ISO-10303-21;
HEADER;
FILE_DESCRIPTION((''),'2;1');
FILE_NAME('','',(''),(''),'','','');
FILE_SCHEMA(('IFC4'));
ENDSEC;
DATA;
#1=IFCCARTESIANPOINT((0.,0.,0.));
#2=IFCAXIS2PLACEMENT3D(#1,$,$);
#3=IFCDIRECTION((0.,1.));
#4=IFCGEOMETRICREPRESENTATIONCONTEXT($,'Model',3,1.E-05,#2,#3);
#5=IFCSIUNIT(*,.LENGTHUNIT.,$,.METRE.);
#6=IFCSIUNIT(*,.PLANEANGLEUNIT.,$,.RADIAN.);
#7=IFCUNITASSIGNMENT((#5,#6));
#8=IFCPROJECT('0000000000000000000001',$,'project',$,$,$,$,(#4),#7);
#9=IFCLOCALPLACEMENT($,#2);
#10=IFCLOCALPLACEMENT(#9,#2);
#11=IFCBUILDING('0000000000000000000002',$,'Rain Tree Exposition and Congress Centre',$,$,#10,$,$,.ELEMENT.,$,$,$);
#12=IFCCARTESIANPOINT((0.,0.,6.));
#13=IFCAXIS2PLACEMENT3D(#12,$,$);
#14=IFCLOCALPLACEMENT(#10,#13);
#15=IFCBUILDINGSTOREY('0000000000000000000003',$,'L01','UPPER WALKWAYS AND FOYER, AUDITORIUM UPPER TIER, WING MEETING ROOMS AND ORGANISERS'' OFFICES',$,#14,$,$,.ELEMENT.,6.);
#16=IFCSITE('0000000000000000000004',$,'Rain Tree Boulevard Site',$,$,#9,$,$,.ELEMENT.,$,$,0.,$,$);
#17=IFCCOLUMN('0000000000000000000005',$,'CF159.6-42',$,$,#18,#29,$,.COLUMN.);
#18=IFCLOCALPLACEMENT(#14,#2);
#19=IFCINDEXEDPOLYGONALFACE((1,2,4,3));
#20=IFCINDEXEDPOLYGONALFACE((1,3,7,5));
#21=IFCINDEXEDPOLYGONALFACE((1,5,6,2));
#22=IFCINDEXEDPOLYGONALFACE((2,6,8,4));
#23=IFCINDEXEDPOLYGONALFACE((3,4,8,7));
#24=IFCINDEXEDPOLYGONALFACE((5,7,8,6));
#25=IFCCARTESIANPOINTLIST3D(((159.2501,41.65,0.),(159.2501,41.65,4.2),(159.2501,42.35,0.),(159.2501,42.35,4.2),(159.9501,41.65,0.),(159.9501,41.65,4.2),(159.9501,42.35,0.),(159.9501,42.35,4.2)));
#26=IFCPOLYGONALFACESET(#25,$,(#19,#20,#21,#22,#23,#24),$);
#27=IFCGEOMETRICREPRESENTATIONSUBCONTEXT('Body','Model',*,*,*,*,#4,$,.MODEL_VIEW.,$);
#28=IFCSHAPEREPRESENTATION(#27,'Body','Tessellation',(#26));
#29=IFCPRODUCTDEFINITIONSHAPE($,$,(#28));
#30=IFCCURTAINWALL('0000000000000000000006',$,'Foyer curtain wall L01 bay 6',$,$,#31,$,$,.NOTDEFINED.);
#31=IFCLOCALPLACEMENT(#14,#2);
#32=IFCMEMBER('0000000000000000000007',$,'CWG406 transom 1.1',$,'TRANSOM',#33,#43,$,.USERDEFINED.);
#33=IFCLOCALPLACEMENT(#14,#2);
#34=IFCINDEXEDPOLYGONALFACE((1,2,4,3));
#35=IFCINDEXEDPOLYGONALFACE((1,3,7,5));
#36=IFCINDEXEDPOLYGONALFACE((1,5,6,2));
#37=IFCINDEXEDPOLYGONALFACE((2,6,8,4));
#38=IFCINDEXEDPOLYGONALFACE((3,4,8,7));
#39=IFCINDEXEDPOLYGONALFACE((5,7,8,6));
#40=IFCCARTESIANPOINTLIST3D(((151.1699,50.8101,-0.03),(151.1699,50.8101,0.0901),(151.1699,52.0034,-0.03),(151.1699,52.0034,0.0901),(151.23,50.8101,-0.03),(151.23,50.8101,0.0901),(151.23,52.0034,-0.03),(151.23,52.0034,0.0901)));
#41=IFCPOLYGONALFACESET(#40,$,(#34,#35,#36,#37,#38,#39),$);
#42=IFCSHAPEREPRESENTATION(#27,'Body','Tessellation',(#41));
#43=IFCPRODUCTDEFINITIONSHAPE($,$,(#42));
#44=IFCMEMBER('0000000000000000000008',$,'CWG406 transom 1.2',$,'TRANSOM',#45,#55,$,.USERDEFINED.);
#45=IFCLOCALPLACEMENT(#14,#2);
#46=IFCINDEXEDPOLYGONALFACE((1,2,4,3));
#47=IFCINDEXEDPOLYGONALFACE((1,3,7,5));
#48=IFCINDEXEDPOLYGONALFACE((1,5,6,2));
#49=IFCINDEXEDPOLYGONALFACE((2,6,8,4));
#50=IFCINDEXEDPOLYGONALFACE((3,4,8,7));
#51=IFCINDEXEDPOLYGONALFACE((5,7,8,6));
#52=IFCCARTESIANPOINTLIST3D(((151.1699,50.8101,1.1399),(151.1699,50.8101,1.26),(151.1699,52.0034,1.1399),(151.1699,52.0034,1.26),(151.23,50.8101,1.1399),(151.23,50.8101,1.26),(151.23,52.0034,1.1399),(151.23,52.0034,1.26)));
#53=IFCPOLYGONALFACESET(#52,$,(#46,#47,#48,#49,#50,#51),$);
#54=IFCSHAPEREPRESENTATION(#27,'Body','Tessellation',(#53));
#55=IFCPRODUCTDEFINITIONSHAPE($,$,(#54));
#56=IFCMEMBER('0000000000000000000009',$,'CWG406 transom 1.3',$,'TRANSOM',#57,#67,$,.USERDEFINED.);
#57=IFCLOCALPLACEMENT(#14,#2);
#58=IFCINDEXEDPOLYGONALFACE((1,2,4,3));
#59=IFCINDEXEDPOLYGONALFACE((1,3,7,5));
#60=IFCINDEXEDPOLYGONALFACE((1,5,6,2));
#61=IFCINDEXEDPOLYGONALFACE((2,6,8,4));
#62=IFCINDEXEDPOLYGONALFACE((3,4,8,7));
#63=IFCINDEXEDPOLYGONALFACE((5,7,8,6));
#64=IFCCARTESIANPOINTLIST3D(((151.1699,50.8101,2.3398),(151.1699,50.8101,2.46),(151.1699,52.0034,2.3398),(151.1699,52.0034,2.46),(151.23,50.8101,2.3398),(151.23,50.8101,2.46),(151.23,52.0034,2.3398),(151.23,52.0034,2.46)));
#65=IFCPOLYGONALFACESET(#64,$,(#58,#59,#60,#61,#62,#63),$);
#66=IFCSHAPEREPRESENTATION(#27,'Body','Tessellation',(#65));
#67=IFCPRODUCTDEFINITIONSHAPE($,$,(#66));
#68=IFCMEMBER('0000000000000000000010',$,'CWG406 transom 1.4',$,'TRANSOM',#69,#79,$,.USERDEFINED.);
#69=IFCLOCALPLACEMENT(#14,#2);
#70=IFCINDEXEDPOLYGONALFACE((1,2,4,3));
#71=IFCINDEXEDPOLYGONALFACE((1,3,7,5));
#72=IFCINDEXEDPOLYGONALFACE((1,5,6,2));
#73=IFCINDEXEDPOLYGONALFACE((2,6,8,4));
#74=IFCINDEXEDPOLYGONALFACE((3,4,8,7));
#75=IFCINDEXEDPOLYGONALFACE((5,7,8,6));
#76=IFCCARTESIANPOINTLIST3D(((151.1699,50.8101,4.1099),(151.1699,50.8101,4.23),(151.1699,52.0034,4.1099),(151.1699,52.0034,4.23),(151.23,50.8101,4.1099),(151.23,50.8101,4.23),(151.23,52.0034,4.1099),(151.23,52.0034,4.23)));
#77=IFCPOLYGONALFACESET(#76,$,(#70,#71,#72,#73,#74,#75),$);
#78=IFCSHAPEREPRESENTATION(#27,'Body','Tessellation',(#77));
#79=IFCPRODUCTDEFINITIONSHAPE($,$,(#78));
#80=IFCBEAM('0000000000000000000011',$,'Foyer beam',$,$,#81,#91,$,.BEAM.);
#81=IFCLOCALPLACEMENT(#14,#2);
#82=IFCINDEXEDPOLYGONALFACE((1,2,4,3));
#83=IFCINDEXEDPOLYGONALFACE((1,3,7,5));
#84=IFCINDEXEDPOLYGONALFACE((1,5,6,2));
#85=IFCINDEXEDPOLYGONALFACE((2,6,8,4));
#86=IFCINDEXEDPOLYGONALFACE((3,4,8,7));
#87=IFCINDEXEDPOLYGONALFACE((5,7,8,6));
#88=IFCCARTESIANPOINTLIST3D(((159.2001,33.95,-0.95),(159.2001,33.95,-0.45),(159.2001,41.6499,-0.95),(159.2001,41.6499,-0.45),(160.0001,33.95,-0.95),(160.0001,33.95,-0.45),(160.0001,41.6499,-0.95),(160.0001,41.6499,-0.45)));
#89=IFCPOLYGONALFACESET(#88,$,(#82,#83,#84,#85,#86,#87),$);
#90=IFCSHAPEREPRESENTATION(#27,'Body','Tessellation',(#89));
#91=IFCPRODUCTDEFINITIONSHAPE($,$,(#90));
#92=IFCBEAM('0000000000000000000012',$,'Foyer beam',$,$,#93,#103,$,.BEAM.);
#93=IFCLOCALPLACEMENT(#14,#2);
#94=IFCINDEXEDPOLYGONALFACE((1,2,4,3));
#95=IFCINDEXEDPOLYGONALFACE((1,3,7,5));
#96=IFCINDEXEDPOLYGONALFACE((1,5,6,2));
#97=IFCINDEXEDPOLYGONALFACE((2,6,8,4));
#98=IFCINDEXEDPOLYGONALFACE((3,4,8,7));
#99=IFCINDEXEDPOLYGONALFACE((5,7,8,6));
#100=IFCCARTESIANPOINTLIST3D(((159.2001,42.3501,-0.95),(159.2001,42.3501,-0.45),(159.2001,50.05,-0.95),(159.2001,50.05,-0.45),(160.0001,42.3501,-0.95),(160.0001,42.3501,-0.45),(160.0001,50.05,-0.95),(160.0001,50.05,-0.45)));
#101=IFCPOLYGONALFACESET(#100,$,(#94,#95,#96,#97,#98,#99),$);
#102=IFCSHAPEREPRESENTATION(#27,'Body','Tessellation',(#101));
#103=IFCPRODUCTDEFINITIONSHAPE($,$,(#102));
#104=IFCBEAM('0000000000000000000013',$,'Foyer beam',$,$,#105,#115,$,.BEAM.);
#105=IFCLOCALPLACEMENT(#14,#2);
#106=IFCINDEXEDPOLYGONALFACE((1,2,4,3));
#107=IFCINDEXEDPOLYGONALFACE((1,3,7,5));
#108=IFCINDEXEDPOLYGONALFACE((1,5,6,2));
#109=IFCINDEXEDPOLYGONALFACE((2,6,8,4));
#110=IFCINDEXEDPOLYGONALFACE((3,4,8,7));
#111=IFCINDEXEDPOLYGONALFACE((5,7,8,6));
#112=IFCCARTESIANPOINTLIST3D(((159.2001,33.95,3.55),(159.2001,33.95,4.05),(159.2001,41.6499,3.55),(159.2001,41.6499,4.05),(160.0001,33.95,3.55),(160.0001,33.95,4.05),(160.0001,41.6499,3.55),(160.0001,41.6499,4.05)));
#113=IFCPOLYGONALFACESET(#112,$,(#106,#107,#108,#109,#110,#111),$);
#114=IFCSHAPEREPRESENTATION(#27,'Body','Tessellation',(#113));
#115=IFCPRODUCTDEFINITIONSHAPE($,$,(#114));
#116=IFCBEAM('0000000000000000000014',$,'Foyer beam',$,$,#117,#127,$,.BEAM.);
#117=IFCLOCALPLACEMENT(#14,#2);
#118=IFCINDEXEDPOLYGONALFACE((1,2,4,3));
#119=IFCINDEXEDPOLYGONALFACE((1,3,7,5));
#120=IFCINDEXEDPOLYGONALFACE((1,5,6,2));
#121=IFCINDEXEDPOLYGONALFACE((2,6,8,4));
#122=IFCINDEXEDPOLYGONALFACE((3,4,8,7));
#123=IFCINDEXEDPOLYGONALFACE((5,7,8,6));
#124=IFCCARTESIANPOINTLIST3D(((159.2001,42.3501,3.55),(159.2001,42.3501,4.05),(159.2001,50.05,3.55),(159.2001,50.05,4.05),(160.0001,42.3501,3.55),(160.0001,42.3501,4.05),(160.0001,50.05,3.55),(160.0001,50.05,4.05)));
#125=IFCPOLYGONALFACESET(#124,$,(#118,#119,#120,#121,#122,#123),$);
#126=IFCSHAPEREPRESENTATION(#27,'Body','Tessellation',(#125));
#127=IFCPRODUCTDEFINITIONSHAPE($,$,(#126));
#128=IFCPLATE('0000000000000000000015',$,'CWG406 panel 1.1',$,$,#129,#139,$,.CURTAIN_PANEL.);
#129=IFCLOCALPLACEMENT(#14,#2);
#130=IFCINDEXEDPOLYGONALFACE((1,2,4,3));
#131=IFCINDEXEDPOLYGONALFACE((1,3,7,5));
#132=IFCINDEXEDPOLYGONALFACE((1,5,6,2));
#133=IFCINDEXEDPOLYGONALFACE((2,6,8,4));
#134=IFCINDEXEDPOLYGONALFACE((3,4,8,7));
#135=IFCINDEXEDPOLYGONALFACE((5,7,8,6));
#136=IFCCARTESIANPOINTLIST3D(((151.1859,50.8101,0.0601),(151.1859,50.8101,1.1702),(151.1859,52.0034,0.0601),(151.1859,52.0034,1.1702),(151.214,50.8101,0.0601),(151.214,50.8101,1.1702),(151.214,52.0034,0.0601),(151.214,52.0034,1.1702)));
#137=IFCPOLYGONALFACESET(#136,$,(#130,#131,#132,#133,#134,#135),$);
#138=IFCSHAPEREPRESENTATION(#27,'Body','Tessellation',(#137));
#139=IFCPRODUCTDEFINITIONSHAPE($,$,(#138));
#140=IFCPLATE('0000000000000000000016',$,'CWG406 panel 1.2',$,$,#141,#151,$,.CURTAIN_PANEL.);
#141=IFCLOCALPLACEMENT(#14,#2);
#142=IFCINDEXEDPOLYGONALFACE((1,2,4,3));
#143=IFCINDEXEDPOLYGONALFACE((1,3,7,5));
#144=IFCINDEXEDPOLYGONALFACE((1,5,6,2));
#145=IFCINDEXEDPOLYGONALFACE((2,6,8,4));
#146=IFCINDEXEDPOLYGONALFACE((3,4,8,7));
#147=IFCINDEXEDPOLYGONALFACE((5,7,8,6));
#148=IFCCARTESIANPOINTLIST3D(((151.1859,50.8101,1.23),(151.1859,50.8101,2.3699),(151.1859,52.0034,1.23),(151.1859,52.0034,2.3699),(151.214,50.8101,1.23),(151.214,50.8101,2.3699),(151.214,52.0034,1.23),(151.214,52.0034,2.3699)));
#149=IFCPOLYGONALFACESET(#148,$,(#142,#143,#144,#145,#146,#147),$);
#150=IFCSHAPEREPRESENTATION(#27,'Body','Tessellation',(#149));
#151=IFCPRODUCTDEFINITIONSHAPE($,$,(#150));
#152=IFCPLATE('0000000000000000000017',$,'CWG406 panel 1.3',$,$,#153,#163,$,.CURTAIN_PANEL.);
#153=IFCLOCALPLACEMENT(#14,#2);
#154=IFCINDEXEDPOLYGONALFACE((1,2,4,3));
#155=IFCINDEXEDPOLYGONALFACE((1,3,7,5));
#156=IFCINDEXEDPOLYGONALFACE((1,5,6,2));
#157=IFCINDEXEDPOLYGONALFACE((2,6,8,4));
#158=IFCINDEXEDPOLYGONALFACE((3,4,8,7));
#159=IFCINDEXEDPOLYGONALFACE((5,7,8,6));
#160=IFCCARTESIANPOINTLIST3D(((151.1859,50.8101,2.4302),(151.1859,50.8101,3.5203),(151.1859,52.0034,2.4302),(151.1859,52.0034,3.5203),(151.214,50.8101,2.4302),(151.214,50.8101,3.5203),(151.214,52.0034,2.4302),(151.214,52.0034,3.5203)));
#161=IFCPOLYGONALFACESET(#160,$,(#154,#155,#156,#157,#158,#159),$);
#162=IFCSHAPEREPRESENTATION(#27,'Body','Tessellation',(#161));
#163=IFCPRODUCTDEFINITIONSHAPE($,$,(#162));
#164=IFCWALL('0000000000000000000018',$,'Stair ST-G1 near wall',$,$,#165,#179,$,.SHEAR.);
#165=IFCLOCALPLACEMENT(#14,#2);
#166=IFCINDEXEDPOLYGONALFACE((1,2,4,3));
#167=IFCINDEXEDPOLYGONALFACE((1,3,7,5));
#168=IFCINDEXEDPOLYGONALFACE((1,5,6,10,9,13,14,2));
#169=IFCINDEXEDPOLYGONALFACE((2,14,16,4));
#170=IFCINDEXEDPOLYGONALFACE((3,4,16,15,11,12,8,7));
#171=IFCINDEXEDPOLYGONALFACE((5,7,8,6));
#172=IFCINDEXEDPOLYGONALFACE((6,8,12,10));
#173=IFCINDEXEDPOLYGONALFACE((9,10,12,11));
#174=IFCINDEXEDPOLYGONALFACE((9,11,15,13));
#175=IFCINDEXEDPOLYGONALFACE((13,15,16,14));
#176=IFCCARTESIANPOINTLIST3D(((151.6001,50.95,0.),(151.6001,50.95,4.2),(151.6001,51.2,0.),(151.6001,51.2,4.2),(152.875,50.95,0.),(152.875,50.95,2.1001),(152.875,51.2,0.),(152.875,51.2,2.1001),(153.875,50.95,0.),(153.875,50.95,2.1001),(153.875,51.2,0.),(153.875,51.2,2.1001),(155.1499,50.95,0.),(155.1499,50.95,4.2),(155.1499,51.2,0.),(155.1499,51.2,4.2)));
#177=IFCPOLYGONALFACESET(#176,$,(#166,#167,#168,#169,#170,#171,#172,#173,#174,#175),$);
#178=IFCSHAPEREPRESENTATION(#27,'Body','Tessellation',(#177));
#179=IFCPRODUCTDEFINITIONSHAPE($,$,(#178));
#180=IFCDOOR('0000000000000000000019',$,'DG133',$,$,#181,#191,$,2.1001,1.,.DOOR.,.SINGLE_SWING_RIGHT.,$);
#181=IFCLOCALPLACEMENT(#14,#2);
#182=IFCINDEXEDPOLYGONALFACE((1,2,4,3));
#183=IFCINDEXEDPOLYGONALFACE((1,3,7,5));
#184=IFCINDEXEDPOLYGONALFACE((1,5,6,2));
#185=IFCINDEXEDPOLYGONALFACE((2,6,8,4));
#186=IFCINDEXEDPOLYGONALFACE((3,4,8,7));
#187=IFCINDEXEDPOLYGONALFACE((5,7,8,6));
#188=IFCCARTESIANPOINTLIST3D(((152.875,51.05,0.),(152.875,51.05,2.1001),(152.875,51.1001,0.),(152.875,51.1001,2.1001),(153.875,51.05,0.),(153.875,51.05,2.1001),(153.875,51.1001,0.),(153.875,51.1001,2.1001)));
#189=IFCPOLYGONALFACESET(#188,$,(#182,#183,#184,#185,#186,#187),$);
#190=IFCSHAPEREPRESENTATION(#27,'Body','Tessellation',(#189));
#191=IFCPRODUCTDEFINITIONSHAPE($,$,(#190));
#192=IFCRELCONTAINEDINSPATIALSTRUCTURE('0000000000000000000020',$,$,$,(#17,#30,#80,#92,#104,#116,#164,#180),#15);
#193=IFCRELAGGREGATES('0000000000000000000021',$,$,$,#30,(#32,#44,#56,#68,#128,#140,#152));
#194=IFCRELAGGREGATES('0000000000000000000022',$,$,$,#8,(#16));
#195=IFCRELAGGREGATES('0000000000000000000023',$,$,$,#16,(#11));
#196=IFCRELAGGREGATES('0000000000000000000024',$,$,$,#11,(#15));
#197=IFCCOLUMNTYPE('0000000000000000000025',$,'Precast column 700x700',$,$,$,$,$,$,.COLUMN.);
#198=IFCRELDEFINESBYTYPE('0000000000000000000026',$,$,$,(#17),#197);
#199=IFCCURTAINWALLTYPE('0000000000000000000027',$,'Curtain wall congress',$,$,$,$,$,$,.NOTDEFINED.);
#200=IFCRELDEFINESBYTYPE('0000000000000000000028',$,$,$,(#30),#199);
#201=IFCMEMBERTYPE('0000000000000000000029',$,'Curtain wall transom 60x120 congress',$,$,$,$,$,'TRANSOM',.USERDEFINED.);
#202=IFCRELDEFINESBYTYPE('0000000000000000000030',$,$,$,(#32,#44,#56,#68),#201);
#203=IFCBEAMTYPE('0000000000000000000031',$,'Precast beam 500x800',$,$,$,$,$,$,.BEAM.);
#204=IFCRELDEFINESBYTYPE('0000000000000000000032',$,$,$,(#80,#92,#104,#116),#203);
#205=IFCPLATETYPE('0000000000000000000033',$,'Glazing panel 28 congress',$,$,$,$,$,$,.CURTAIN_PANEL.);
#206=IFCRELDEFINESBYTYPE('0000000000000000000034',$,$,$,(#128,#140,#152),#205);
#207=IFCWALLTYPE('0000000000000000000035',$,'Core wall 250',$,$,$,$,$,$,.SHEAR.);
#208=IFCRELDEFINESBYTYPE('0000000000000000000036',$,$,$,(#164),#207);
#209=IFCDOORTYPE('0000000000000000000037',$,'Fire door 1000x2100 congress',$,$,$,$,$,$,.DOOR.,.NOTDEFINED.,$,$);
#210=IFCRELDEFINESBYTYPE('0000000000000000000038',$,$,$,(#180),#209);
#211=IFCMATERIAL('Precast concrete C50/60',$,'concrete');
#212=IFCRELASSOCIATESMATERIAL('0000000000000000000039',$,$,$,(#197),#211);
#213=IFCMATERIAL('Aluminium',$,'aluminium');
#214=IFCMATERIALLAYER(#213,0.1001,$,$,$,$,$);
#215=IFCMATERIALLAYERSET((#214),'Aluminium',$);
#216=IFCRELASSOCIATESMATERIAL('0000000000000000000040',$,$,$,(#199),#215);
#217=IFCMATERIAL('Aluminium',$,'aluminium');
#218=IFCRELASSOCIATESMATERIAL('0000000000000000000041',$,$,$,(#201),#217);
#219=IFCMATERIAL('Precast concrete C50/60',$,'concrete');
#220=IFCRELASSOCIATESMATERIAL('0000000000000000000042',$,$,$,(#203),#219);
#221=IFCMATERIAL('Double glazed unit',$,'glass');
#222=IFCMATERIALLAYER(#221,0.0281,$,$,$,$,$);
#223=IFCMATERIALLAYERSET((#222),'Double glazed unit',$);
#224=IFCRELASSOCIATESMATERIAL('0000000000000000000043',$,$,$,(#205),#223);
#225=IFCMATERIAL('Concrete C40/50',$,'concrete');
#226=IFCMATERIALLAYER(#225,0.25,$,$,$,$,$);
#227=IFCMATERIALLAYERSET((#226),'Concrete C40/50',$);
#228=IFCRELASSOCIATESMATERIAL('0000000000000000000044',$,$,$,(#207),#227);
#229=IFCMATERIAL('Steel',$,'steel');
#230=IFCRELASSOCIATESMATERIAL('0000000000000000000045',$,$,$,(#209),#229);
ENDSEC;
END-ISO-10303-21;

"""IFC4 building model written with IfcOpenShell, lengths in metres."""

from ifc_helpers import new_model, si_unit, direction, frame, frame_2d, origin, origin_2d, place, context, subcontext, project, spatial, rectangle, extrude, material, layer, layer_set, material_profile, profile_set, type_object, element, fill, aggregate, save


model = new_model("IFC4")

# Units and contexts
model_context = context("Model", 3, precision=1e-05, world=origin(), true_north=direction((0.0, 1.0)))
body_context = subcontext(model_context, "Body", "Model", "MODEL_VIEW")
ifc_project = project(units=[si_unit("LENGTHUNIT", "METRE"), si_unit("PLANEANGLEUNIT", "RADIAN")], contexts=[model_context])

# Site, building, storey
site_placement = place(None, origin())
site = spatial("IfcSite", under=ifc_project, at=site_placement, Name="Rain Tree Boulevard Site", CompositionType="ELEMENT", RefElevation=0.0)
building_placement = place(site_placement, origin())
building = spatial("IfcBuilding", under=site, at=building_placement, Name="Rain Tree Exposition and Congress Centre", CompositionType="ELEMENT")
storey_placement = place(building_placement, frame((0.0, 0.0, 6.0)))
storey = spatial("IfcBuildingStorey", under=building, at=storey_placement, Name="L01", Description="UPPER WALKWAYS AND FOYER, AUDITORIUM UPPER TIER, WING MEETING ROOMS AND ORGANISERS' OFFICES", CompositionType="ELEMENT", Elevation=6.0)

# Column
ifc_material_1 = material(Name="Precast concrete C50/60", Category="concrete")
ifc_material_profile_1 = material_profile(ifc_material_1, rectangle(XDim=0.7, YDim=0.7, at=origin_2d()), Name="RC 700x700")
ifc_profile_set_1 = profile_set([ifc_material_profile_1], Name="Precast concrete C50/60")
column_type = type_object("IfcColumnType", Name="Precast column 700x700", PredefinedType="COLUMN", material=ifc_profile_set_1)
column_placement = place(storey_placement, frame((159.6001, 42.0, 0.0), z_axis=(0.0, 0.0, 1.0), x_axis=(1.0, 0.0, 0.0)))
element("IfcColumn", 1, at=column_placement, inside=storey, type_object=column_type, Name="CF159.6-42", PredefinedType="COLUMN", context=body_context, shape_type="SweptSolid", body=[
    extrude(rectangle(XDim=0.7, YDim=0.7, at=origin_2d()), origin(), (0.0, 0.0, 1.0), 4.2),
])

# Curtain wall, members
ifc_material_2 = material(Name="Aluminium", Category="aluminium")
ifc_layer_1 = layer(ifc_material_2, 0.1001)
ifc_layer_set_1 = layer_set([ifc_layer_1], Name="Aluminium")
curtain_wall_type = type_object("IfcCurtainWallType", Name="Curtain wall congress", PredefinedType="NOTDEFINED", material=ifc_layer_set_1)
curtain_wall_placement = place(storey_placement, origin())
curtain_wall = element("IfcCurtainWall", 2, at=curtain_wall_placement, inside=storey, type_object=curtain_wall_type, Name="Foyer curtain wall L01 bay 6", PredefinedType="NOTDEFINED")
ifc_material_3 = material(Name="Aluminium", Category="aluminium")
ifc_material_profile_2 = material_profile(ifc_material_3, rectangle(XDim=0.0601, YDim=0.1201, at=origin_2d()), Name="AL 60x120")
ifc_profile_set_2 = profile_set([ifc_material_profile_2], Name="Aluminium")
member_type = type_object("IfcMemberType", Name="Curtain wall transom 60x120 congress", ElementType="TRANSOM", PredefinedType="USERDEFINED", material=ifc_profile_set_2)
member_1_placement = place(storey_placement, frame((151.2, 50.8101, 0.03), z_axis=(0.0, 1.0, 0.0), x_axis=(-1.0, 0.0, 0.0)))
member_1 = element("IfcMember", 3, at=member_1_placement, type_object=member_type, Name="CWG406 transom 1.1", ObjectType="TRANSOM", PredefinedType="USERDEFINED", context=body_context, shape_type="SweptSolid", body=[
    extrude(rectangle(XDim=0.0601, YDim=0.1201, at=origin_2d()), origin(), (0.0, 0.0, 1.0), 1.1934),
])
member_2_placement = place(storey_placement, frame((151.2, 50.8101, 1.2), z_axis=(0.0, 1.0, 0.0), x_axis=(-1.0, 0.0, 0.0)))
member_2 = element("IfcMember", 4, at=member_2_placement, type_object=member_type, Name="CWG406 transom 1.2", ObjectType="TRANSOM", PredefinedType="USERDEFINED", context=body_context, shape_type="SweptSolid", body=[
    extrude(rectangle(XDim=0.0601, YDim=0.1201, at=origin_2d()), origin(), (0.0, 0.0, 1.0), 1.1934),
])
member_3_placement = place(storey_placement, frame((151.2, 50.8101, 2.3999), z_axis=(0.0, 1.0, 0.0), x_axis=(-1.0, 0.0, 0.0)))
member_3 = element("IfcMember", 5, at=member_3_placement, type_object=member_type, Name="CWG406 transom 1.3", ObjectType="TRANSOM", PredefinedType="USERDEFINED", context=body_context, shape_type="SweptSolid", body=[
    extrude(rectangle(XDim=0.0601, YDim=0.1201, at=origin_2d()), origin(), (0.0, 0.0, 1.0), 1.1934),
])
member_4_placement = place(storey_placement, frame((151.2, 50.8101, 4.1699), z_axis=(0.0, 1.0, 0.0), x_axis=(-1.0, 0.0, 0.0)))
member_4 = element("IfcMember", 6, at=member_4_placement, type_object=member_type, Name="CWG406 transom 1.4", ObjectType="TRANSOM", PredefinedType="USERDEFINED", context=body_context, shape_type="SweptSolid", body=[
    extrude(rectangle(XDim=0.0601, YDim=0.1201, at=origin_2d()), origin(), (0.0, 0.0, 1.0), 1.1934),
])

# Beams
ifc_material_4 = material(Name="Precast concrete C50/60", Category="concrete")
ifc_material_profile_3 = material_profile(ifc_material_4, rectangle(XDim=0.5, YDim=0.8, at=origin_2d()), Name="RC 500x800")
ifc_profile_set_3 = profile_set([ifc_material_profile_3], Name="Precast concrete C50/60")
beam_type = type_object("IfcBeamType", Name="Precast beam 500x800", PredefinedType="BEAM", material=ifc_profile_set_3)
for number, where, z_axis, x_axis, name in (
    (7, (159.6001, 33.95, -0.7), (0.0, 1.0, 0.0), (0.0, 0.0, 1.0), "Foyer beam"),
    (8, (159.6001, 42.3501, -0.7), (0.0, 1.0, 0.0), (0.0, 0.0, 1.0), "Foyer beam"),
    (9, (159.6001, 33.95, 3.8), (0.0, 1.0, 0.0), (0.0, 0.0, 1.0), "Foyer beam"),
    (10, (159.6001, 42.3501, 3.8), (0.0, 1.0, 0.0), (0.0, 0.0, 1.0), "Foyer beam"),
):
    element("IfcBeam", number, at=place(storey_placement, frame(where, z_axis=z_axis, x_axis=x_axis)), inside=storey, type_object=beam_type, Name=name, PredefinedType="BEAM", context=body_context, shape_type="SweptSolid", body=[
        extrude(rectangle(XDim=0.5, YDim=0.8, at=origin_2d()), origin(), (0.0, 0.0, 1.0), 7.7),
    ])

# Plates
ifc_material_5 = material(Name="Double glazed unit", Category="glass")
ifc_layer_2 = layer(ifc_material_5, 0.0281)
ifc_layer_set_2 = layer_set([ifc_layer_2], Name="Double glazed unit")
plate_type = type_object("IfcPlateType", Name="Glazing panel 28 congress", PredefinedType="CURTAIN_PANEL", material=ifc_layer_set_2)
plate_1_placement = place(storey_placement, frame((151.2, 51.4067, 0.0601), z_axis=(0.0, 0.0, 1.0), x_axis=(0.0, 1.0, 0.0)))
plate_1 = element("IfcPlate", 11, at=plate_1_placement, type_object=plate_type, Name="CWG406 panel 1.1", PredefinedType="CURTAIN_PANEL", context=body_context, shape_type="SweptSolid", body=[
    extrude(rectangle(XDim=1.1934, YDim=0.0281, at=origin_2d()), origin(), (0.0, 0.0, 1.0), 1.1101),
])
plate_2_placement = place(storey_placement, frame((151.2, 51.4067, 1.23), z_axis=(0.0, 0.0, 1.0), x_axis=(0.0, 1.0, 0.0)))
plate_2 = element("IfcPlate", 12, at=plate_2_placement, type_object=plate_type, Name="CWG406 panel 1.2", PredefinedType="CURTAIN_PANEL", context=body_context, shape_type="SweptSolid", body=[
    extrude(rectangle(XDim=1.1934, YDim=0.0281, at=origin_2d()), origin(), (0.0, 0.0, 1.0), 1.1399),
])
plate_3_placement = place(storey_placement, frame((151.2, 51.4067, 2.4302), z_axis=(0.0, 0.0, 1.0), x_axis=(0.0, 1.0, 0.0)))
plate_3 = element("IfcPlate", 13, at=plate_3_placement, type_object=plate_type, Name="CWG406 panel 1.3", PredefinedType="CURTAIN_PANEL", context=body_context, shape_type="SweptSolid", body=[
    extrude(rectangle(XDim=1.1934, YDim=0.0281, at=origin_2d()), origin(), (0.0, 0.0, 1.0), 1.0901),
])
aggregate(curtain_wall, [member_1, member_2, member_3, member_4, plate_1, plate_2, plate_3])

# Wall, opening, door
ifc_material_6 = material(Name="Concrete C40/50", Category="concrete")
ifc_layer_3 = layer(ifc_material_6, 0.25)
ifc_layer_set_3 = layer_set([ifc_layer_3], Name="Concrete C40/50")
wall_type = type_object("IfcWallType", Name="Core wall 250", PredefinedType="SHEAR", material=ifc_layer_set_3)
wall_1_placement = place(storey_placement, frame((155.1499, 51.075, 0.0), z_axis=(0.0, 0.0, 1.0), x_axis=(-1.0, 0.0, 0.0)))
wall_1 = element("IfcWall", 14, at=wall_1_placement, inside=storey, type_object=wall_type, Name="Stair ST-G1 near wall", PredefinedType="SHEAR", context=body_context, shape_type="SweptSolid", body=[
    extrude(rectangle(XDim=3.5498, YDim=0.25, at=frame_2d((1.7749, 0.0))), origin(), (0.0, 0.0, 1.0), 4.2),
])
opening_1_placement = place(wall_1_placement, frame((1.2749, 0.0, 0.0)))
opening_1 = element("IfcOpeningElement", 15, at=opening_1_placement, cuts=wall_1, PredefinedType="OPENING", context=body_context, shape_type="SweptSolid", body=[
    extrude(rectangle(XDim=1.0, YDim=2.1001, at=frame_2d((0.5, 1.05))), frame((0.0, 0.125, 0.0), z_axis=(0.0, -1.0, 0.0), x_axis=(1.0, 0.0, 0.0)), (0.0, 0.0, 1.0), 0.25),
])
ifc_material_7 = material(Name="Steel", Category="steel")
door_type_1 = type_object("IfcDoorType", Name="Fire door 1000x2100 congress", OperationType="NOTDEFINED", PredefinedType="DOOR", material=ifc_material_7)
door_1_placement = place(opening_1_placement, origin())
door_1 = element("IfcDoor", 16, at=door_1_placement, inside=storey, type_object=door_type_1, Name="DG133", OperationType="SINGLE_SWING_RIGHT", OverallHeight=2.1001, OverallWidth=1.0, PredefinedType="DOOR", context=body_context, shape_type="SweptSolid", body=[
    extrude(rectangle(XDim=1.0, YDim=2.1001, at=frame_2d((0.5, 1.05))), frame((0.0, 0.0249, 0.0), z_axis=(0.0, -1.0, 0.0), x_axis=(1.0, 0.0, 0.0)), (0.0, 0.0, 1.0), 0.05),
])
fill(opening_1, door_1)

save(model, "model.ifc")
